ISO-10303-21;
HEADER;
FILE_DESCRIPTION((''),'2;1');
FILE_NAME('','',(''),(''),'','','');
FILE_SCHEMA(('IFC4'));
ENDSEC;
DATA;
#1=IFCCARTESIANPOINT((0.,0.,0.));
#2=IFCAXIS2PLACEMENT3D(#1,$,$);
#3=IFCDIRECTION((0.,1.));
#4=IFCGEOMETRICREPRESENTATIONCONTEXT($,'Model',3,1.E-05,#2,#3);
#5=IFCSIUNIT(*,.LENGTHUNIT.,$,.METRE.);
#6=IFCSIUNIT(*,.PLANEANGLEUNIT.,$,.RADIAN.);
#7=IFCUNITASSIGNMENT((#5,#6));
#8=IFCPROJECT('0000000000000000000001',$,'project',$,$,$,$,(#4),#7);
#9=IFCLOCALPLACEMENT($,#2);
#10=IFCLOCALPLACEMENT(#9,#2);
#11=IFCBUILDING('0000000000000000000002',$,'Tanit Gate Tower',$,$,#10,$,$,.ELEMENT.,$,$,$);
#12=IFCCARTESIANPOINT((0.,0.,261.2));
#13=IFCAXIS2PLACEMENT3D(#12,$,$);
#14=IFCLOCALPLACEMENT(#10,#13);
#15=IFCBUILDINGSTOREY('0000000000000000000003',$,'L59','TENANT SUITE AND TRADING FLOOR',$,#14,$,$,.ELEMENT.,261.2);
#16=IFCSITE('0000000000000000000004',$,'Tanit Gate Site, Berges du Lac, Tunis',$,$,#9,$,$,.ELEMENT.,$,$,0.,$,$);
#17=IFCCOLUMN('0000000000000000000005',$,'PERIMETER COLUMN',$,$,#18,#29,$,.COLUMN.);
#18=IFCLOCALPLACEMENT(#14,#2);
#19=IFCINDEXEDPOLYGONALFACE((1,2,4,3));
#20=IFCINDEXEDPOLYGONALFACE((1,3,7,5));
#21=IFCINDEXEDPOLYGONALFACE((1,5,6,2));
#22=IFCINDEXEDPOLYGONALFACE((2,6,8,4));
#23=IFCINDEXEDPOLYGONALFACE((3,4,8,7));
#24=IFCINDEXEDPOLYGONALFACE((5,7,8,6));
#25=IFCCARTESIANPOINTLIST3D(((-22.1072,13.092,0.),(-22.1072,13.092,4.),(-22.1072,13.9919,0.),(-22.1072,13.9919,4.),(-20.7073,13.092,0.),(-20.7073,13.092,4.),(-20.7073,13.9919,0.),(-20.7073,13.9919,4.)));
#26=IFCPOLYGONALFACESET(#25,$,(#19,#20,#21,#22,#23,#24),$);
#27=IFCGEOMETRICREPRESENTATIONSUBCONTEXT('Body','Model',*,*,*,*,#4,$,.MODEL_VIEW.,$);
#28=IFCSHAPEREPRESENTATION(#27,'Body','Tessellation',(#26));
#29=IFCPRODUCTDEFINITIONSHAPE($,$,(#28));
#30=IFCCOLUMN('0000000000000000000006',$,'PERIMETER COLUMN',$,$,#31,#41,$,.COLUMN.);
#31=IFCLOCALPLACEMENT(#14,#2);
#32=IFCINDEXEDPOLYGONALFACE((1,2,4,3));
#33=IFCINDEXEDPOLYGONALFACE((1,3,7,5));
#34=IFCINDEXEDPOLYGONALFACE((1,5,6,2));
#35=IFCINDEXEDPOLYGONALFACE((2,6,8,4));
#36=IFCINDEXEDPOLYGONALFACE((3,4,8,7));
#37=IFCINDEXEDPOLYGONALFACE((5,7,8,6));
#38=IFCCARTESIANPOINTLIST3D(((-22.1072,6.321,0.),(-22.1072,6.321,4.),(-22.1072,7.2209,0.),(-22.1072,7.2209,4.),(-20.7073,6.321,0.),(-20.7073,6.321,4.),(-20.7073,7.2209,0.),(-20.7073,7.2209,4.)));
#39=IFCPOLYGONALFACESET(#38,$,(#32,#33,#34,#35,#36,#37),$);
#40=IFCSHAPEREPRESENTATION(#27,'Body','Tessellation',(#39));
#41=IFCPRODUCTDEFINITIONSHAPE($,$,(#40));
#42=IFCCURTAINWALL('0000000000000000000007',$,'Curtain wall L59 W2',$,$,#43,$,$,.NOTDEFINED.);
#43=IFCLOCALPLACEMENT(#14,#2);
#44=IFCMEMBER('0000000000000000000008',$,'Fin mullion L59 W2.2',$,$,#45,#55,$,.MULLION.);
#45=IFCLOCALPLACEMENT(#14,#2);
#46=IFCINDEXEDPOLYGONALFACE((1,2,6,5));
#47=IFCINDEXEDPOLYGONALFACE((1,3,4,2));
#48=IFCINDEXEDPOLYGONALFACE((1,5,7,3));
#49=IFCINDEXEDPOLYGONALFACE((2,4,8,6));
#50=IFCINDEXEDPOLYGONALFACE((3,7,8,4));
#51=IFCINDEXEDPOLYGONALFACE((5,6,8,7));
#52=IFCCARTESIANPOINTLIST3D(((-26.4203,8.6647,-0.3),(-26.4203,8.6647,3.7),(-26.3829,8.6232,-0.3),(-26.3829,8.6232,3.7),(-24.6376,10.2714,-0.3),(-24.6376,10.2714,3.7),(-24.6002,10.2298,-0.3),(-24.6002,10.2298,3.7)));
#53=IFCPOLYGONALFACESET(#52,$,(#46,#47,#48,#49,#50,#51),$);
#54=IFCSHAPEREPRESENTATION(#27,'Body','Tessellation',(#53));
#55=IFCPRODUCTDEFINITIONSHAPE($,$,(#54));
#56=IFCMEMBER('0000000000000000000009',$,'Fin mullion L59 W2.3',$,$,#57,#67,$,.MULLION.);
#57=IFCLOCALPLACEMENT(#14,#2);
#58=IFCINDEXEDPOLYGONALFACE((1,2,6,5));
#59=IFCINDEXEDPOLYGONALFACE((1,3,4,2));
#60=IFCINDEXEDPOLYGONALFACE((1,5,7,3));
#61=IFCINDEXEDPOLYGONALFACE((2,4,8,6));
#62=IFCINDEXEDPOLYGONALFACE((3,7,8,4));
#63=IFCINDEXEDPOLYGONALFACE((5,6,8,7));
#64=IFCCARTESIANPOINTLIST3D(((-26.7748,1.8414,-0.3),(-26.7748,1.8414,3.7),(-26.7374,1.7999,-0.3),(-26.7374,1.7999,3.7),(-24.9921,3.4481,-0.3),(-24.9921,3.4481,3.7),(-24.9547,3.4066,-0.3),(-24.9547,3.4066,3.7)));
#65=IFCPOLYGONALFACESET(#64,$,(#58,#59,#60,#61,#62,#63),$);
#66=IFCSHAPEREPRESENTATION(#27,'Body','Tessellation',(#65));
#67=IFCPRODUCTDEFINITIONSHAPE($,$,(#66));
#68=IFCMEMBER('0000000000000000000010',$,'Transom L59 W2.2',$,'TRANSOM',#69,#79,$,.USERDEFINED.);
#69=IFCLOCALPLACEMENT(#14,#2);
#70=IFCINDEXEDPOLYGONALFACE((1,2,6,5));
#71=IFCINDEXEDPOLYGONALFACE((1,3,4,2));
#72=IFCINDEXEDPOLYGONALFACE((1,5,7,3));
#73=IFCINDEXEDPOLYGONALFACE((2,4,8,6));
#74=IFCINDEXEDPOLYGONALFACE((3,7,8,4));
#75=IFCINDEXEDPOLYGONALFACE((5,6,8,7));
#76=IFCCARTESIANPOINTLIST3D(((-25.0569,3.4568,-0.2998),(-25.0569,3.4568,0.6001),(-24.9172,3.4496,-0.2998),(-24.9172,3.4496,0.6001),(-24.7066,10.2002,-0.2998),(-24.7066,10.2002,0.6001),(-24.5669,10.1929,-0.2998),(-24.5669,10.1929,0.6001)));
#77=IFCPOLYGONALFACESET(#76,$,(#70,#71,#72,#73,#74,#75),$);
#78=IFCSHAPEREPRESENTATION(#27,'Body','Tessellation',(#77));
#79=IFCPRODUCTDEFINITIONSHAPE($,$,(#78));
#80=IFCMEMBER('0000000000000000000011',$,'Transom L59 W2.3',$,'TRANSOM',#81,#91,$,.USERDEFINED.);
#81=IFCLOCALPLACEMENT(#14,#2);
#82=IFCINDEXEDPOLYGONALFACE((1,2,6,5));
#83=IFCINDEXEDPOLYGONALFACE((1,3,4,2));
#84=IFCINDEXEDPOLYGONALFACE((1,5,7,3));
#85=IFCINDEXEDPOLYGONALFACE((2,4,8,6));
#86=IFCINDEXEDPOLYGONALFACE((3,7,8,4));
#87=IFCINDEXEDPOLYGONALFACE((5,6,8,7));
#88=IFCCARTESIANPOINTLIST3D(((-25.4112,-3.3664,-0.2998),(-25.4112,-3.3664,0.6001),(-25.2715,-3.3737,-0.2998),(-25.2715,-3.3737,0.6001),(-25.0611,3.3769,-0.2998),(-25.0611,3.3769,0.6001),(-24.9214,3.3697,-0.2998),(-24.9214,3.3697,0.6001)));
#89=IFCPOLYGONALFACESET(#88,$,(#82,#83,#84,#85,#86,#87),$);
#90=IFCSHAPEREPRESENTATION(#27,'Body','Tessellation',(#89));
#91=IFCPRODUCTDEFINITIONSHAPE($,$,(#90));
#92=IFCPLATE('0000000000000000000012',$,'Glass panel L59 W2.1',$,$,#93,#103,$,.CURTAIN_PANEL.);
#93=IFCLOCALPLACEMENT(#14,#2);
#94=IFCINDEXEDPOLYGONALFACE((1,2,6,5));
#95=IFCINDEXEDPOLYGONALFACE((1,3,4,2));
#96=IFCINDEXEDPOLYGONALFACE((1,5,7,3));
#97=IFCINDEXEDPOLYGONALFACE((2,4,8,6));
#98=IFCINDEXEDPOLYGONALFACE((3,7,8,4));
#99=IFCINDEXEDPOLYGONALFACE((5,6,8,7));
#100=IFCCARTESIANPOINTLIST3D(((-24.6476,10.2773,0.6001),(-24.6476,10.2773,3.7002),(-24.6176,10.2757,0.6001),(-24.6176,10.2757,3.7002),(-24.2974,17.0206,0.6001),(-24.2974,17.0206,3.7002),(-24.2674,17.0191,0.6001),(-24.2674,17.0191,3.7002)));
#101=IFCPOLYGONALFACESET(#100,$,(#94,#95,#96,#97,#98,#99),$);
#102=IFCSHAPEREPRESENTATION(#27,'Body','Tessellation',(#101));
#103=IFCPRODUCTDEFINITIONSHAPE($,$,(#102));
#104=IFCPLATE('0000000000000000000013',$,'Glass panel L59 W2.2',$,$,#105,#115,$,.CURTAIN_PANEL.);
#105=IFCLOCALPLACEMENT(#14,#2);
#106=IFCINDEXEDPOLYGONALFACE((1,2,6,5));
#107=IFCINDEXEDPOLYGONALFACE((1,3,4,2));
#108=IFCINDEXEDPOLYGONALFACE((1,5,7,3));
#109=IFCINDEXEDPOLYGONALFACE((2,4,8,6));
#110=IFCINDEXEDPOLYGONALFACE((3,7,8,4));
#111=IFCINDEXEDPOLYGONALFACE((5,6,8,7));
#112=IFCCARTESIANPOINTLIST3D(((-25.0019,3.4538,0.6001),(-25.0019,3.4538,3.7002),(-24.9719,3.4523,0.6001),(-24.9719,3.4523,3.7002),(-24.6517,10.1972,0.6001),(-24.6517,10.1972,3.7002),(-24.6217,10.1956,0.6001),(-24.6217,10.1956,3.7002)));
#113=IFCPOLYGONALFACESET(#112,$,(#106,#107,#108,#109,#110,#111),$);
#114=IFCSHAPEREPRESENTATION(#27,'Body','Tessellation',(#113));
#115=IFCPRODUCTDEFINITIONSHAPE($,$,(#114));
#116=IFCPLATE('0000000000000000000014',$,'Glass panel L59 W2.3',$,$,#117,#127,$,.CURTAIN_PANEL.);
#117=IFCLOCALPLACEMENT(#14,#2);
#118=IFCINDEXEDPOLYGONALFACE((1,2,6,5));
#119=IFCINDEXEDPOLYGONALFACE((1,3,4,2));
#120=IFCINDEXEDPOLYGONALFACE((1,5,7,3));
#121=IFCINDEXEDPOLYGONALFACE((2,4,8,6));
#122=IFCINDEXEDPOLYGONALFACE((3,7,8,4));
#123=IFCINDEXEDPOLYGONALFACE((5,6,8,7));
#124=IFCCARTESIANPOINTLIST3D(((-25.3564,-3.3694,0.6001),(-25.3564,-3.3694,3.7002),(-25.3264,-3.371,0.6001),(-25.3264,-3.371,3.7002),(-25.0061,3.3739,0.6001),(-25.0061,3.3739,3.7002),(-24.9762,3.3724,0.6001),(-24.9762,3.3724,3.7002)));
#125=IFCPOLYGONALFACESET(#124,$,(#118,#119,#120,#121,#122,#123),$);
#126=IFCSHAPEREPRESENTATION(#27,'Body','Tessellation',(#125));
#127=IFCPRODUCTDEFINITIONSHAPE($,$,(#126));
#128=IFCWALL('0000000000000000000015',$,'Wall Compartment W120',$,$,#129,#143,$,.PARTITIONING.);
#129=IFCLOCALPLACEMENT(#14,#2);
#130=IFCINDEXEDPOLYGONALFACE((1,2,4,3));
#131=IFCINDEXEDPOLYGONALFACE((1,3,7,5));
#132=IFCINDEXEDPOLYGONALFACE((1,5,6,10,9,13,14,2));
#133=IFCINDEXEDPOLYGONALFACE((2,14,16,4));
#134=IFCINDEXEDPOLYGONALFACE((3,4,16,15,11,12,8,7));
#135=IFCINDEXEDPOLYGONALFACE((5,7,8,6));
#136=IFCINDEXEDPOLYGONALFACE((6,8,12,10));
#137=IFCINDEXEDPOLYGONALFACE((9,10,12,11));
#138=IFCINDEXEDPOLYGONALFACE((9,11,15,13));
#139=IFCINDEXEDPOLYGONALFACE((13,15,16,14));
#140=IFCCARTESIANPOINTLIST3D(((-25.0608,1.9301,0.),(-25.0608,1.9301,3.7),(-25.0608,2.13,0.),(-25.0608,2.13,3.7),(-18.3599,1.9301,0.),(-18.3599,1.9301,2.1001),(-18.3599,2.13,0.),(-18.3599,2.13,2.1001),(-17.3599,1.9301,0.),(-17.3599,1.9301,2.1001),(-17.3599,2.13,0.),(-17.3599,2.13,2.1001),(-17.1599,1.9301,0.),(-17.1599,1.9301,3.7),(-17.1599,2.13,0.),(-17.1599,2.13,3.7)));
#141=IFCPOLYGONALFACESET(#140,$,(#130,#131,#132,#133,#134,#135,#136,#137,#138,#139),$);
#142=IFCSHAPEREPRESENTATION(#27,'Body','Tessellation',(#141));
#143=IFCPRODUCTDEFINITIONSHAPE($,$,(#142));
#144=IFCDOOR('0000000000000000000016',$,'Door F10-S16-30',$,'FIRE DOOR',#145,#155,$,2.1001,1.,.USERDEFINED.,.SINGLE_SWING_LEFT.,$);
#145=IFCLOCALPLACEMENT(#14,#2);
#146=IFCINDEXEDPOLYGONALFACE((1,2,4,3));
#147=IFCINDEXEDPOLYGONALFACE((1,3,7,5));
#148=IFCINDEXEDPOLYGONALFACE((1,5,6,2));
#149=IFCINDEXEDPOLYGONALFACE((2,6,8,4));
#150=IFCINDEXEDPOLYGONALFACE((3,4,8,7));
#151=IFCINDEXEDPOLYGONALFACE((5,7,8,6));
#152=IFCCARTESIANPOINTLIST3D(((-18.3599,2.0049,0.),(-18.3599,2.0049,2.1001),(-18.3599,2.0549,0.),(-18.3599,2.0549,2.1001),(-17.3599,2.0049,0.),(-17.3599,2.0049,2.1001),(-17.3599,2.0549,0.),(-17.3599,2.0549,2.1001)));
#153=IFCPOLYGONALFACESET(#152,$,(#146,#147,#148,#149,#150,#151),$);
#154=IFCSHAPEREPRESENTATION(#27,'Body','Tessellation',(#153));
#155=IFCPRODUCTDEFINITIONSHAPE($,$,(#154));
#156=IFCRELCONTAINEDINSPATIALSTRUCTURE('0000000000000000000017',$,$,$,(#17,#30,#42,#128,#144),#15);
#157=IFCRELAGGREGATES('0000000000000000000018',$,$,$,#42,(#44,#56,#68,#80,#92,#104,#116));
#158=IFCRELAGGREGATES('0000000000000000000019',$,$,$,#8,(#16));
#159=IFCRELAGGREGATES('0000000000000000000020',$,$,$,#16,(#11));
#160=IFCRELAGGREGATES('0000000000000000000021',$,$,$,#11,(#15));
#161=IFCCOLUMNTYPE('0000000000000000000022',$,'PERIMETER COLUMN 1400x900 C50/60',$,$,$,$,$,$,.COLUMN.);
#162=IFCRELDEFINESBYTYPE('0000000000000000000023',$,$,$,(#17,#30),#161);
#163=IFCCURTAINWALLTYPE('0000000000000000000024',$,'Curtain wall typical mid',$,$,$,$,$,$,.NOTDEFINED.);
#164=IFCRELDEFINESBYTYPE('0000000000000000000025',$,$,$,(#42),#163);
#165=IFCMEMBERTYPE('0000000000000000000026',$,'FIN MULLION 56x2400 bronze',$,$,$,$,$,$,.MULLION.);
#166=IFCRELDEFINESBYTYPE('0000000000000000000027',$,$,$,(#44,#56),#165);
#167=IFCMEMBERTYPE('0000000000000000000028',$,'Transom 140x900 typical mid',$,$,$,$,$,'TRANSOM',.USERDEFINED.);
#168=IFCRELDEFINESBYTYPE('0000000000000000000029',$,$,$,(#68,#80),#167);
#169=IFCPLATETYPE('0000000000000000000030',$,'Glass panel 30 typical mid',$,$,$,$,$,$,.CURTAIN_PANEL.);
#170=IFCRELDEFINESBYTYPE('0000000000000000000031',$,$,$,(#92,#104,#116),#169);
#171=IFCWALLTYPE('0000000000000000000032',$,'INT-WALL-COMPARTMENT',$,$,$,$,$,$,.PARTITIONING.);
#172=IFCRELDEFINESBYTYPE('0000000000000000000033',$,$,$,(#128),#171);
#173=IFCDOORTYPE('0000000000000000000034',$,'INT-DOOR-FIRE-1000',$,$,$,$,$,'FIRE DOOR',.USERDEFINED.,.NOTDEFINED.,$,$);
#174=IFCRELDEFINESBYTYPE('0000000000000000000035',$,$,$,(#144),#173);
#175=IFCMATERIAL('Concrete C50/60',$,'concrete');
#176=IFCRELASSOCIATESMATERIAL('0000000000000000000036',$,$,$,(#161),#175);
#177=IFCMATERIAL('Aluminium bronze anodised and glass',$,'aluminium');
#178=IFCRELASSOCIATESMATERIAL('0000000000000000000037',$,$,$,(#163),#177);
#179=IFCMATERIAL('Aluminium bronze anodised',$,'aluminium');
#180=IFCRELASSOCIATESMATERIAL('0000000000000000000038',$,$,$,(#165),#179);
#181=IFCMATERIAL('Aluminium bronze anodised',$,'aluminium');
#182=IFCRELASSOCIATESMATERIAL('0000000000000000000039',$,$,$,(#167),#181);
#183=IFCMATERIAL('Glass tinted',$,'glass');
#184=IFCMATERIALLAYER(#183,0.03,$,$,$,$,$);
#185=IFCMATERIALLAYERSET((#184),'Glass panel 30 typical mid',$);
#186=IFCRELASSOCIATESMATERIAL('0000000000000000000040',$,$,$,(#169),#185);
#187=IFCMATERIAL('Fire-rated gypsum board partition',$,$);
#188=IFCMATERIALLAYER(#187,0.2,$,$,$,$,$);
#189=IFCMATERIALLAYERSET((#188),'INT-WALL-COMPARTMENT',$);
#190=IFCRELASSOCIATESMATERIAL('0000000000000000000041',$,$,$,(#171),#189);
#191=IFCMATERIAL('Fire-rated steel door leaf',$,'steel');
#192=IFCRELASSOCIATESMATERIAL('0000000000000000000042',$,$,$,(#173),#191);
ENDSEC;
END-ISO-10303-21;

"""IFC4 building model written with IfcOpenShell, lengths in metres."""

from ifc_helpers import new_model, si_unit, direction, frame, frame_2d, origin, origin_2d, place, context, subcontext, project, spatial, rectangle, extrude, material, layer, layer_set, material_profile, profile_set, type_object, element, fill, aggregate, save


model = new_model("IFC4")

# Units and contexts
model_context = context("Model", 3, precision=1e-05, world=origin(), true_north=direction((0.0, 1.0)))
body_context = subcontext(model_context, "Body", "Model", "MODEL_VIEW")
ifc_project = project(units=[si_unit("LENGTHUNIT", "METRE"), si_unit("PLANEANGLEUNIT", "RADIAN")], contexts=[model_context])

# Site, building, storey
site_placement = place(None, origin())
site = spatial("IfcSite", under=ifc_project, at=site_placement, Name="Tanit Gate Site, Berges du Lac, Tunis", CompositionType="ELEMENT", RefElevation=0.0)
building_placement = place(site_placement, origin())
building = spatial("IfcBuilding", under=site, at=building_placement, Name="Tanit Gate Tower", CompositionType="ELEMENT")
storey_placement = place(building_placement, frame((0.0, 0.0, 261.2)))
storey = spatial("IfcBuildingStorey", under=building, at=storey_placement, Name="L59", Description="TENANT SUITE AND TRADING FLOOR", CompositionType="ELEMENT", Elevation=261.2)

# Columns
ifc_material_1 = material(Name="Concrete C50/60", Category="concrete")
ifc_material_profile_1 = material_profile(ifc_material_1, rectangle(XDim=1.3999, YDim=0.8999, at=origin_2d()), Name="RC 1400x900")
ifc_profile_set_1 = profile_set([ifc_material_profile_1], Name="Concrete C50/60")
column_type = type_object("IfcColumnType", Name="PERIMETER COLUMN 1400x900 C50/60", PredefinedType="COLUMN", material=ifc_profile_set_1)
for number, where, z_axis, x_axis, name in (
    (1, (-21.4072, 13.542, 0.0), (0.0, 0.0, 1.0), (-1.0, 0.0, 0.0), "PERIMETER COLUMN"),
    (2, (-21.4072, 6.771, 0.0), (0.0, 0.0, 1.0), (-1.0, 0.0, 0.0), "PERIMETER COLUMN"),
):
    element("IfcColumn", number, at=place(storey_placement, frame(where, z_axis=z_axis, x_axis=x_axis)), inside=storey, type_object=column_type, Name=name, PredefinedType="COLUMN", context=body_context, shape_type="SweptSolid", body=[
        extrude(rectangle(XDim=1.3999, YDim=0.8999, at=origin_2d()), origin(), (0.0, 0.0, 1.0), 4.0),
    ])

# Curtain wall, members, plates
ifc_material_2 = material(Name="Aluminium bronze anodised and glass", Category="aluminium")
curtain_wall_type = type_object("IfcCurtainWallType", Name="Curtain wall typical mid", PredefinedType="NOTDEFINED", material=ifc_material_2)
curtain_wall_placement = place(storey_placement, origin())
curtain_wall = element("IfcCurtainWall", 3, at=curtain_wall_placement, inside=storey, type_object=curtain_wall_type, Name="Curtain wall L59 W2", PredefinedType="NOTDEFINED")
ifc_material_3 = material(Name="Aluminium bronze anodised", Category="aluminium")
ifc_material_profile_2 = material_profile(ifc_material_3, rectangle(XDim=2.3999, YDim=0.0559, at=origin_2d()), Name="56x2400 bronze fin mullion")
ifc_profile_set_2 = profile_set([ifc_material_profile_2], Name="Aluminium bronze anodised")
member_type_1 = type_object("IfcMemberType", Name="FIN MULLION 56x2400 bronze", PredefinedType="MULLION", material=ifc_profile_set_2)
member_1_placement = place(storey_placement, frame((-25.5103, 9.4473, -0.3), z_axis=(0.0, 0.0, 1.0), x_axis=(0.742829, 0.669481, 0.0)))
member_1 = element("IfcMember", 4, at=member_1_placement, type_object=member_type_1, Name="Fin mullion L59 W2.2", PredefinedType="MULLION", context=body_context, shape_type="SweptSolid", body=[
    extrude(rectangle(XDim=2.3999, YDim=0.0559, at=origin_2d()), origin(), (0.0, 0.0, 1.0), 4.0),
])
member_2_placement = place(storey_placement, frame((-25.8647, 2.624, -0.3), z_axis=(0.0, 0.0, 1.0), x_axis=(0.742829, 0.669481, 0.0)))
member_2 = element("IfcMember", 5, at=member_2_placement, type_object=member_type_1, Name="Fin mullion L59 W2.3", PredefinedType="MULLION", context=body_context, shape_type="SweptSolid", body=[
    extrude(rectangle(XDim=2.3999, YDim=0.0559, at=origin_2d()), origin(), (0.0, 0.0, 1.0), 4.0),
])
ifc_material_4 = material(Name="Aluminium bronze anodised", Category="aluminium")
ifc_material_profile_3 = material_profile(ifc_material_4, rectangle(XDim=0.1399, YDim=0.8999, at=origin_2d()), Name="140x900 bronze transom")
ifc_profile_set_3 = profile_set([ifc_material_profile_3], Name="Aluminium bronze anodised")
member_type_2 = type_object("IfcMemberType", Name="Transom 140x900 typical mid", ElementType="TRANSOM", PredefinedType="USERDEFINED", material=ifc_profile_set_3)
member_3_placement = place(storey_placement, frame((-24.6367, 10.1965, 0.1501), z_axis=(-0.051883, -0.998653, 0.0), x_axis=(0.998653, -0.051883, 0.0)))
member_3 = element("IfcMember", 6, at=member_3_placement, type_object=member_type_2, Name="Transom L59 W2.2", ObjectType="TRANSOM", PredefinedType="USERDEFINED", context=body_context, shape_type="SweptSolid", body=[
    extrude(rectangle(XDim=0.1399, YDim=0.8999, at=origin_2d()), origin(), (0.0, 0.0, 1.0), 6.7524),
])
member_4_placement = place(storey_placement, frame((-24.9912, 3.3733, 0.1501), z_axis=(-0.051847, -0.998655, 0.0), x_axis=(0.998655, -0.051847, 0.0)))
member_4 = element("IfcMember", 7, at=member_4_placement, type_object=member_type_2, Name="Transom L59 W2.3", ObjectType="TRANSOM", PredefinedType="USERDEFINED", context=body_context, shape_type="SweptSolid", body=[
    extrude(rectangle(XDim=0.1399, YDim=0.8999, at=origin_2d()), origin(), (0.0, 0.0, 1.0), 6.7524),
])
ifc_material_5 = material(Name="Glass tinted", Category="glass")
ifc_layer_1 = layer(ifc_material_5, 0.03)
ifc_layer_set_1 = layer_set([ifc_layer_1], Name="Glass panel 30 typical mid")
plate_type = type_object("IfcPlateType", Name="Glass panel 30 typical mid", PredefinedType="CURTAIN_PANEL", material=ifc_layer_set_1)
plate_1_placement = place(storey_placement, frame((-24.4575, 13.6482, 0.6001), z_axis=(0.0, 0.0, 1.0), x_axis=(-0.051865, -0.998654, 0.0)))
plate_1 = element("IfcPlate", 8, at=plate_1_placement, type_object=plate_type, Name="Glass panel L59 W2.1", PredefinedType="CURTAIN_PANEL", context=body_context, shape_type="SweptSolid", body=[
    extrude(rectangle(XDim=6.7524, YDim=0.03, at=origin_2d()), origin(), (0.0, 0.0, 1.0), 3.1001),
])
plate_2_placement = place(storey_placement, frame((-24.8118, 6.8247, 0.6001), z_axis=(0.0, 0.0, 1.0), x_axis=(-0.051865, -0.998654, 0.0)))
plate_2 = element("IfcPlate", 9, at=plate_2_placement, type_object=plate_type, Name="Glass panel L59 W2.2", PredefinedType="CURTAIN_PANEL", context=body_context, shape_type="SweptSolid", body=[
    extrude(rectangle(XDim=6.7524, YDim=0.03, at=origin_2d()), origin(), (0.0, 0.0, 1.0), 3.1001),
])
plate_3_placement = place(storey_placement, frame((-25.1663, 0.0015, 0.6001), z_axis=(0.0, 0.0, 1.0), x_axis=(-0.051865, -0.998654, 0.0)))
plate_3 = element("IfcPlate", 10, at=plate_3_placement, type_object=plate_type, Name="Glass panel L59 W2.3", PredefinedType="CURTAIN_PANEL", context=body_context, shape_type="SweptSolid", body=[
    extrude(rectangle(XDim=6.7524, YDim=0.03, at=origin_2d()), origin(), (0.0, 0.0, 1.0), 3.1001),
])
aggregate(curtain_wall, [member_1, member_2, member_3, member_4, plate_1, plate_2, plate_3])

# Wall, opening, door
ifc_material_6 = material(Name="Fire-rated gypsum board partition")
ifc_layer_2 = layer(ifc_material_6, 0.2)
ifc_layer_set_2 = layer_set([ifc_layer_2], Name="INT-WALL-COMPARTMENT")
wall_type = type_object("IfcWallType", Name="INT-WALL-COMPARTMENT", PredefinedType="PARTITIONING", material=ifc_layer_set_2)
wall_placement = place(storey_placement, frame((-25.0608, 2.03, 0.0), z_axis=(0.0, 0.0, 1.0), x_axis=(1.0, 0.0, 0.0)))
wall = element("IfcWall", 11, at=wall_placement, inside=storey, type_object=wall_type, Name="Wall Compartment W120", PredefinedType="PARTITIONING", context=body_context, shape_type="SweptSolid", body=[
    extrude(rectangle(XDim=7.9009, YDim=0.2, at=frame_2d((3.9504, 0.0))), origin(), (0.0, 0.0, 1.0), 3.7),
])
opening_placement = place(wall_placement, frame((6.7009, 0.0, 0.0)))
opening = element("IfcOpeningElement", 12, at=opening_placement, cuts=wall, PredefinedType="OPENING", context=body_context, shape_type="SweptSolid", body=[
    extrude(rectangle(XDim=1.0, YDim=2.1001, at=frame_2d((0.5, 1.05))), frame((0.0, 0.1099, 0.0), z_axis=(0.0, -1.0, 0.0), x_axis=(1.0, 0.0, 0.0)), (0.0, 0.0, 1.0), 0.22),
])
ifc_material_7 = material(Name="Fire-rated steel door leaf", Category="steel")
door_type = type_object("IfcDoorType", Name="INT-DOOR-FIRE-1000", ElementType="FIRE DOOR", OperationType="NOTDEFINED", PredefinedType="USERDEFINED", material=ifc_material_7)
door_placement = place(opening_placement, origin())
door = element("IfcDoor", 13, at=door_placement, inside=storey, type_object=door_type, Name="Door F10-S16-30", ObjectType="FIRE DOOR", OperationType="SINGLE_SWING_LEFT", OverallHeight=2.1001, OverallWidth=1.0, PredefinedType="USERDEFINED", context=body_context, shape_type="SweptSolid", body=[
    extrude(rectangle(XDim=1.0, YDim=2.1001, at=frame_2d((0.5, 1.05))), frame((0.0, 0.0249, 0.0), z_axis=(0.0, -1.0, 0.0), x_axis=(1.0, 0.0, 0.0)), (0.0, 0.0, 1.0), 0.05),
])
fill(opening, door)

save(model, "model.ifc")
